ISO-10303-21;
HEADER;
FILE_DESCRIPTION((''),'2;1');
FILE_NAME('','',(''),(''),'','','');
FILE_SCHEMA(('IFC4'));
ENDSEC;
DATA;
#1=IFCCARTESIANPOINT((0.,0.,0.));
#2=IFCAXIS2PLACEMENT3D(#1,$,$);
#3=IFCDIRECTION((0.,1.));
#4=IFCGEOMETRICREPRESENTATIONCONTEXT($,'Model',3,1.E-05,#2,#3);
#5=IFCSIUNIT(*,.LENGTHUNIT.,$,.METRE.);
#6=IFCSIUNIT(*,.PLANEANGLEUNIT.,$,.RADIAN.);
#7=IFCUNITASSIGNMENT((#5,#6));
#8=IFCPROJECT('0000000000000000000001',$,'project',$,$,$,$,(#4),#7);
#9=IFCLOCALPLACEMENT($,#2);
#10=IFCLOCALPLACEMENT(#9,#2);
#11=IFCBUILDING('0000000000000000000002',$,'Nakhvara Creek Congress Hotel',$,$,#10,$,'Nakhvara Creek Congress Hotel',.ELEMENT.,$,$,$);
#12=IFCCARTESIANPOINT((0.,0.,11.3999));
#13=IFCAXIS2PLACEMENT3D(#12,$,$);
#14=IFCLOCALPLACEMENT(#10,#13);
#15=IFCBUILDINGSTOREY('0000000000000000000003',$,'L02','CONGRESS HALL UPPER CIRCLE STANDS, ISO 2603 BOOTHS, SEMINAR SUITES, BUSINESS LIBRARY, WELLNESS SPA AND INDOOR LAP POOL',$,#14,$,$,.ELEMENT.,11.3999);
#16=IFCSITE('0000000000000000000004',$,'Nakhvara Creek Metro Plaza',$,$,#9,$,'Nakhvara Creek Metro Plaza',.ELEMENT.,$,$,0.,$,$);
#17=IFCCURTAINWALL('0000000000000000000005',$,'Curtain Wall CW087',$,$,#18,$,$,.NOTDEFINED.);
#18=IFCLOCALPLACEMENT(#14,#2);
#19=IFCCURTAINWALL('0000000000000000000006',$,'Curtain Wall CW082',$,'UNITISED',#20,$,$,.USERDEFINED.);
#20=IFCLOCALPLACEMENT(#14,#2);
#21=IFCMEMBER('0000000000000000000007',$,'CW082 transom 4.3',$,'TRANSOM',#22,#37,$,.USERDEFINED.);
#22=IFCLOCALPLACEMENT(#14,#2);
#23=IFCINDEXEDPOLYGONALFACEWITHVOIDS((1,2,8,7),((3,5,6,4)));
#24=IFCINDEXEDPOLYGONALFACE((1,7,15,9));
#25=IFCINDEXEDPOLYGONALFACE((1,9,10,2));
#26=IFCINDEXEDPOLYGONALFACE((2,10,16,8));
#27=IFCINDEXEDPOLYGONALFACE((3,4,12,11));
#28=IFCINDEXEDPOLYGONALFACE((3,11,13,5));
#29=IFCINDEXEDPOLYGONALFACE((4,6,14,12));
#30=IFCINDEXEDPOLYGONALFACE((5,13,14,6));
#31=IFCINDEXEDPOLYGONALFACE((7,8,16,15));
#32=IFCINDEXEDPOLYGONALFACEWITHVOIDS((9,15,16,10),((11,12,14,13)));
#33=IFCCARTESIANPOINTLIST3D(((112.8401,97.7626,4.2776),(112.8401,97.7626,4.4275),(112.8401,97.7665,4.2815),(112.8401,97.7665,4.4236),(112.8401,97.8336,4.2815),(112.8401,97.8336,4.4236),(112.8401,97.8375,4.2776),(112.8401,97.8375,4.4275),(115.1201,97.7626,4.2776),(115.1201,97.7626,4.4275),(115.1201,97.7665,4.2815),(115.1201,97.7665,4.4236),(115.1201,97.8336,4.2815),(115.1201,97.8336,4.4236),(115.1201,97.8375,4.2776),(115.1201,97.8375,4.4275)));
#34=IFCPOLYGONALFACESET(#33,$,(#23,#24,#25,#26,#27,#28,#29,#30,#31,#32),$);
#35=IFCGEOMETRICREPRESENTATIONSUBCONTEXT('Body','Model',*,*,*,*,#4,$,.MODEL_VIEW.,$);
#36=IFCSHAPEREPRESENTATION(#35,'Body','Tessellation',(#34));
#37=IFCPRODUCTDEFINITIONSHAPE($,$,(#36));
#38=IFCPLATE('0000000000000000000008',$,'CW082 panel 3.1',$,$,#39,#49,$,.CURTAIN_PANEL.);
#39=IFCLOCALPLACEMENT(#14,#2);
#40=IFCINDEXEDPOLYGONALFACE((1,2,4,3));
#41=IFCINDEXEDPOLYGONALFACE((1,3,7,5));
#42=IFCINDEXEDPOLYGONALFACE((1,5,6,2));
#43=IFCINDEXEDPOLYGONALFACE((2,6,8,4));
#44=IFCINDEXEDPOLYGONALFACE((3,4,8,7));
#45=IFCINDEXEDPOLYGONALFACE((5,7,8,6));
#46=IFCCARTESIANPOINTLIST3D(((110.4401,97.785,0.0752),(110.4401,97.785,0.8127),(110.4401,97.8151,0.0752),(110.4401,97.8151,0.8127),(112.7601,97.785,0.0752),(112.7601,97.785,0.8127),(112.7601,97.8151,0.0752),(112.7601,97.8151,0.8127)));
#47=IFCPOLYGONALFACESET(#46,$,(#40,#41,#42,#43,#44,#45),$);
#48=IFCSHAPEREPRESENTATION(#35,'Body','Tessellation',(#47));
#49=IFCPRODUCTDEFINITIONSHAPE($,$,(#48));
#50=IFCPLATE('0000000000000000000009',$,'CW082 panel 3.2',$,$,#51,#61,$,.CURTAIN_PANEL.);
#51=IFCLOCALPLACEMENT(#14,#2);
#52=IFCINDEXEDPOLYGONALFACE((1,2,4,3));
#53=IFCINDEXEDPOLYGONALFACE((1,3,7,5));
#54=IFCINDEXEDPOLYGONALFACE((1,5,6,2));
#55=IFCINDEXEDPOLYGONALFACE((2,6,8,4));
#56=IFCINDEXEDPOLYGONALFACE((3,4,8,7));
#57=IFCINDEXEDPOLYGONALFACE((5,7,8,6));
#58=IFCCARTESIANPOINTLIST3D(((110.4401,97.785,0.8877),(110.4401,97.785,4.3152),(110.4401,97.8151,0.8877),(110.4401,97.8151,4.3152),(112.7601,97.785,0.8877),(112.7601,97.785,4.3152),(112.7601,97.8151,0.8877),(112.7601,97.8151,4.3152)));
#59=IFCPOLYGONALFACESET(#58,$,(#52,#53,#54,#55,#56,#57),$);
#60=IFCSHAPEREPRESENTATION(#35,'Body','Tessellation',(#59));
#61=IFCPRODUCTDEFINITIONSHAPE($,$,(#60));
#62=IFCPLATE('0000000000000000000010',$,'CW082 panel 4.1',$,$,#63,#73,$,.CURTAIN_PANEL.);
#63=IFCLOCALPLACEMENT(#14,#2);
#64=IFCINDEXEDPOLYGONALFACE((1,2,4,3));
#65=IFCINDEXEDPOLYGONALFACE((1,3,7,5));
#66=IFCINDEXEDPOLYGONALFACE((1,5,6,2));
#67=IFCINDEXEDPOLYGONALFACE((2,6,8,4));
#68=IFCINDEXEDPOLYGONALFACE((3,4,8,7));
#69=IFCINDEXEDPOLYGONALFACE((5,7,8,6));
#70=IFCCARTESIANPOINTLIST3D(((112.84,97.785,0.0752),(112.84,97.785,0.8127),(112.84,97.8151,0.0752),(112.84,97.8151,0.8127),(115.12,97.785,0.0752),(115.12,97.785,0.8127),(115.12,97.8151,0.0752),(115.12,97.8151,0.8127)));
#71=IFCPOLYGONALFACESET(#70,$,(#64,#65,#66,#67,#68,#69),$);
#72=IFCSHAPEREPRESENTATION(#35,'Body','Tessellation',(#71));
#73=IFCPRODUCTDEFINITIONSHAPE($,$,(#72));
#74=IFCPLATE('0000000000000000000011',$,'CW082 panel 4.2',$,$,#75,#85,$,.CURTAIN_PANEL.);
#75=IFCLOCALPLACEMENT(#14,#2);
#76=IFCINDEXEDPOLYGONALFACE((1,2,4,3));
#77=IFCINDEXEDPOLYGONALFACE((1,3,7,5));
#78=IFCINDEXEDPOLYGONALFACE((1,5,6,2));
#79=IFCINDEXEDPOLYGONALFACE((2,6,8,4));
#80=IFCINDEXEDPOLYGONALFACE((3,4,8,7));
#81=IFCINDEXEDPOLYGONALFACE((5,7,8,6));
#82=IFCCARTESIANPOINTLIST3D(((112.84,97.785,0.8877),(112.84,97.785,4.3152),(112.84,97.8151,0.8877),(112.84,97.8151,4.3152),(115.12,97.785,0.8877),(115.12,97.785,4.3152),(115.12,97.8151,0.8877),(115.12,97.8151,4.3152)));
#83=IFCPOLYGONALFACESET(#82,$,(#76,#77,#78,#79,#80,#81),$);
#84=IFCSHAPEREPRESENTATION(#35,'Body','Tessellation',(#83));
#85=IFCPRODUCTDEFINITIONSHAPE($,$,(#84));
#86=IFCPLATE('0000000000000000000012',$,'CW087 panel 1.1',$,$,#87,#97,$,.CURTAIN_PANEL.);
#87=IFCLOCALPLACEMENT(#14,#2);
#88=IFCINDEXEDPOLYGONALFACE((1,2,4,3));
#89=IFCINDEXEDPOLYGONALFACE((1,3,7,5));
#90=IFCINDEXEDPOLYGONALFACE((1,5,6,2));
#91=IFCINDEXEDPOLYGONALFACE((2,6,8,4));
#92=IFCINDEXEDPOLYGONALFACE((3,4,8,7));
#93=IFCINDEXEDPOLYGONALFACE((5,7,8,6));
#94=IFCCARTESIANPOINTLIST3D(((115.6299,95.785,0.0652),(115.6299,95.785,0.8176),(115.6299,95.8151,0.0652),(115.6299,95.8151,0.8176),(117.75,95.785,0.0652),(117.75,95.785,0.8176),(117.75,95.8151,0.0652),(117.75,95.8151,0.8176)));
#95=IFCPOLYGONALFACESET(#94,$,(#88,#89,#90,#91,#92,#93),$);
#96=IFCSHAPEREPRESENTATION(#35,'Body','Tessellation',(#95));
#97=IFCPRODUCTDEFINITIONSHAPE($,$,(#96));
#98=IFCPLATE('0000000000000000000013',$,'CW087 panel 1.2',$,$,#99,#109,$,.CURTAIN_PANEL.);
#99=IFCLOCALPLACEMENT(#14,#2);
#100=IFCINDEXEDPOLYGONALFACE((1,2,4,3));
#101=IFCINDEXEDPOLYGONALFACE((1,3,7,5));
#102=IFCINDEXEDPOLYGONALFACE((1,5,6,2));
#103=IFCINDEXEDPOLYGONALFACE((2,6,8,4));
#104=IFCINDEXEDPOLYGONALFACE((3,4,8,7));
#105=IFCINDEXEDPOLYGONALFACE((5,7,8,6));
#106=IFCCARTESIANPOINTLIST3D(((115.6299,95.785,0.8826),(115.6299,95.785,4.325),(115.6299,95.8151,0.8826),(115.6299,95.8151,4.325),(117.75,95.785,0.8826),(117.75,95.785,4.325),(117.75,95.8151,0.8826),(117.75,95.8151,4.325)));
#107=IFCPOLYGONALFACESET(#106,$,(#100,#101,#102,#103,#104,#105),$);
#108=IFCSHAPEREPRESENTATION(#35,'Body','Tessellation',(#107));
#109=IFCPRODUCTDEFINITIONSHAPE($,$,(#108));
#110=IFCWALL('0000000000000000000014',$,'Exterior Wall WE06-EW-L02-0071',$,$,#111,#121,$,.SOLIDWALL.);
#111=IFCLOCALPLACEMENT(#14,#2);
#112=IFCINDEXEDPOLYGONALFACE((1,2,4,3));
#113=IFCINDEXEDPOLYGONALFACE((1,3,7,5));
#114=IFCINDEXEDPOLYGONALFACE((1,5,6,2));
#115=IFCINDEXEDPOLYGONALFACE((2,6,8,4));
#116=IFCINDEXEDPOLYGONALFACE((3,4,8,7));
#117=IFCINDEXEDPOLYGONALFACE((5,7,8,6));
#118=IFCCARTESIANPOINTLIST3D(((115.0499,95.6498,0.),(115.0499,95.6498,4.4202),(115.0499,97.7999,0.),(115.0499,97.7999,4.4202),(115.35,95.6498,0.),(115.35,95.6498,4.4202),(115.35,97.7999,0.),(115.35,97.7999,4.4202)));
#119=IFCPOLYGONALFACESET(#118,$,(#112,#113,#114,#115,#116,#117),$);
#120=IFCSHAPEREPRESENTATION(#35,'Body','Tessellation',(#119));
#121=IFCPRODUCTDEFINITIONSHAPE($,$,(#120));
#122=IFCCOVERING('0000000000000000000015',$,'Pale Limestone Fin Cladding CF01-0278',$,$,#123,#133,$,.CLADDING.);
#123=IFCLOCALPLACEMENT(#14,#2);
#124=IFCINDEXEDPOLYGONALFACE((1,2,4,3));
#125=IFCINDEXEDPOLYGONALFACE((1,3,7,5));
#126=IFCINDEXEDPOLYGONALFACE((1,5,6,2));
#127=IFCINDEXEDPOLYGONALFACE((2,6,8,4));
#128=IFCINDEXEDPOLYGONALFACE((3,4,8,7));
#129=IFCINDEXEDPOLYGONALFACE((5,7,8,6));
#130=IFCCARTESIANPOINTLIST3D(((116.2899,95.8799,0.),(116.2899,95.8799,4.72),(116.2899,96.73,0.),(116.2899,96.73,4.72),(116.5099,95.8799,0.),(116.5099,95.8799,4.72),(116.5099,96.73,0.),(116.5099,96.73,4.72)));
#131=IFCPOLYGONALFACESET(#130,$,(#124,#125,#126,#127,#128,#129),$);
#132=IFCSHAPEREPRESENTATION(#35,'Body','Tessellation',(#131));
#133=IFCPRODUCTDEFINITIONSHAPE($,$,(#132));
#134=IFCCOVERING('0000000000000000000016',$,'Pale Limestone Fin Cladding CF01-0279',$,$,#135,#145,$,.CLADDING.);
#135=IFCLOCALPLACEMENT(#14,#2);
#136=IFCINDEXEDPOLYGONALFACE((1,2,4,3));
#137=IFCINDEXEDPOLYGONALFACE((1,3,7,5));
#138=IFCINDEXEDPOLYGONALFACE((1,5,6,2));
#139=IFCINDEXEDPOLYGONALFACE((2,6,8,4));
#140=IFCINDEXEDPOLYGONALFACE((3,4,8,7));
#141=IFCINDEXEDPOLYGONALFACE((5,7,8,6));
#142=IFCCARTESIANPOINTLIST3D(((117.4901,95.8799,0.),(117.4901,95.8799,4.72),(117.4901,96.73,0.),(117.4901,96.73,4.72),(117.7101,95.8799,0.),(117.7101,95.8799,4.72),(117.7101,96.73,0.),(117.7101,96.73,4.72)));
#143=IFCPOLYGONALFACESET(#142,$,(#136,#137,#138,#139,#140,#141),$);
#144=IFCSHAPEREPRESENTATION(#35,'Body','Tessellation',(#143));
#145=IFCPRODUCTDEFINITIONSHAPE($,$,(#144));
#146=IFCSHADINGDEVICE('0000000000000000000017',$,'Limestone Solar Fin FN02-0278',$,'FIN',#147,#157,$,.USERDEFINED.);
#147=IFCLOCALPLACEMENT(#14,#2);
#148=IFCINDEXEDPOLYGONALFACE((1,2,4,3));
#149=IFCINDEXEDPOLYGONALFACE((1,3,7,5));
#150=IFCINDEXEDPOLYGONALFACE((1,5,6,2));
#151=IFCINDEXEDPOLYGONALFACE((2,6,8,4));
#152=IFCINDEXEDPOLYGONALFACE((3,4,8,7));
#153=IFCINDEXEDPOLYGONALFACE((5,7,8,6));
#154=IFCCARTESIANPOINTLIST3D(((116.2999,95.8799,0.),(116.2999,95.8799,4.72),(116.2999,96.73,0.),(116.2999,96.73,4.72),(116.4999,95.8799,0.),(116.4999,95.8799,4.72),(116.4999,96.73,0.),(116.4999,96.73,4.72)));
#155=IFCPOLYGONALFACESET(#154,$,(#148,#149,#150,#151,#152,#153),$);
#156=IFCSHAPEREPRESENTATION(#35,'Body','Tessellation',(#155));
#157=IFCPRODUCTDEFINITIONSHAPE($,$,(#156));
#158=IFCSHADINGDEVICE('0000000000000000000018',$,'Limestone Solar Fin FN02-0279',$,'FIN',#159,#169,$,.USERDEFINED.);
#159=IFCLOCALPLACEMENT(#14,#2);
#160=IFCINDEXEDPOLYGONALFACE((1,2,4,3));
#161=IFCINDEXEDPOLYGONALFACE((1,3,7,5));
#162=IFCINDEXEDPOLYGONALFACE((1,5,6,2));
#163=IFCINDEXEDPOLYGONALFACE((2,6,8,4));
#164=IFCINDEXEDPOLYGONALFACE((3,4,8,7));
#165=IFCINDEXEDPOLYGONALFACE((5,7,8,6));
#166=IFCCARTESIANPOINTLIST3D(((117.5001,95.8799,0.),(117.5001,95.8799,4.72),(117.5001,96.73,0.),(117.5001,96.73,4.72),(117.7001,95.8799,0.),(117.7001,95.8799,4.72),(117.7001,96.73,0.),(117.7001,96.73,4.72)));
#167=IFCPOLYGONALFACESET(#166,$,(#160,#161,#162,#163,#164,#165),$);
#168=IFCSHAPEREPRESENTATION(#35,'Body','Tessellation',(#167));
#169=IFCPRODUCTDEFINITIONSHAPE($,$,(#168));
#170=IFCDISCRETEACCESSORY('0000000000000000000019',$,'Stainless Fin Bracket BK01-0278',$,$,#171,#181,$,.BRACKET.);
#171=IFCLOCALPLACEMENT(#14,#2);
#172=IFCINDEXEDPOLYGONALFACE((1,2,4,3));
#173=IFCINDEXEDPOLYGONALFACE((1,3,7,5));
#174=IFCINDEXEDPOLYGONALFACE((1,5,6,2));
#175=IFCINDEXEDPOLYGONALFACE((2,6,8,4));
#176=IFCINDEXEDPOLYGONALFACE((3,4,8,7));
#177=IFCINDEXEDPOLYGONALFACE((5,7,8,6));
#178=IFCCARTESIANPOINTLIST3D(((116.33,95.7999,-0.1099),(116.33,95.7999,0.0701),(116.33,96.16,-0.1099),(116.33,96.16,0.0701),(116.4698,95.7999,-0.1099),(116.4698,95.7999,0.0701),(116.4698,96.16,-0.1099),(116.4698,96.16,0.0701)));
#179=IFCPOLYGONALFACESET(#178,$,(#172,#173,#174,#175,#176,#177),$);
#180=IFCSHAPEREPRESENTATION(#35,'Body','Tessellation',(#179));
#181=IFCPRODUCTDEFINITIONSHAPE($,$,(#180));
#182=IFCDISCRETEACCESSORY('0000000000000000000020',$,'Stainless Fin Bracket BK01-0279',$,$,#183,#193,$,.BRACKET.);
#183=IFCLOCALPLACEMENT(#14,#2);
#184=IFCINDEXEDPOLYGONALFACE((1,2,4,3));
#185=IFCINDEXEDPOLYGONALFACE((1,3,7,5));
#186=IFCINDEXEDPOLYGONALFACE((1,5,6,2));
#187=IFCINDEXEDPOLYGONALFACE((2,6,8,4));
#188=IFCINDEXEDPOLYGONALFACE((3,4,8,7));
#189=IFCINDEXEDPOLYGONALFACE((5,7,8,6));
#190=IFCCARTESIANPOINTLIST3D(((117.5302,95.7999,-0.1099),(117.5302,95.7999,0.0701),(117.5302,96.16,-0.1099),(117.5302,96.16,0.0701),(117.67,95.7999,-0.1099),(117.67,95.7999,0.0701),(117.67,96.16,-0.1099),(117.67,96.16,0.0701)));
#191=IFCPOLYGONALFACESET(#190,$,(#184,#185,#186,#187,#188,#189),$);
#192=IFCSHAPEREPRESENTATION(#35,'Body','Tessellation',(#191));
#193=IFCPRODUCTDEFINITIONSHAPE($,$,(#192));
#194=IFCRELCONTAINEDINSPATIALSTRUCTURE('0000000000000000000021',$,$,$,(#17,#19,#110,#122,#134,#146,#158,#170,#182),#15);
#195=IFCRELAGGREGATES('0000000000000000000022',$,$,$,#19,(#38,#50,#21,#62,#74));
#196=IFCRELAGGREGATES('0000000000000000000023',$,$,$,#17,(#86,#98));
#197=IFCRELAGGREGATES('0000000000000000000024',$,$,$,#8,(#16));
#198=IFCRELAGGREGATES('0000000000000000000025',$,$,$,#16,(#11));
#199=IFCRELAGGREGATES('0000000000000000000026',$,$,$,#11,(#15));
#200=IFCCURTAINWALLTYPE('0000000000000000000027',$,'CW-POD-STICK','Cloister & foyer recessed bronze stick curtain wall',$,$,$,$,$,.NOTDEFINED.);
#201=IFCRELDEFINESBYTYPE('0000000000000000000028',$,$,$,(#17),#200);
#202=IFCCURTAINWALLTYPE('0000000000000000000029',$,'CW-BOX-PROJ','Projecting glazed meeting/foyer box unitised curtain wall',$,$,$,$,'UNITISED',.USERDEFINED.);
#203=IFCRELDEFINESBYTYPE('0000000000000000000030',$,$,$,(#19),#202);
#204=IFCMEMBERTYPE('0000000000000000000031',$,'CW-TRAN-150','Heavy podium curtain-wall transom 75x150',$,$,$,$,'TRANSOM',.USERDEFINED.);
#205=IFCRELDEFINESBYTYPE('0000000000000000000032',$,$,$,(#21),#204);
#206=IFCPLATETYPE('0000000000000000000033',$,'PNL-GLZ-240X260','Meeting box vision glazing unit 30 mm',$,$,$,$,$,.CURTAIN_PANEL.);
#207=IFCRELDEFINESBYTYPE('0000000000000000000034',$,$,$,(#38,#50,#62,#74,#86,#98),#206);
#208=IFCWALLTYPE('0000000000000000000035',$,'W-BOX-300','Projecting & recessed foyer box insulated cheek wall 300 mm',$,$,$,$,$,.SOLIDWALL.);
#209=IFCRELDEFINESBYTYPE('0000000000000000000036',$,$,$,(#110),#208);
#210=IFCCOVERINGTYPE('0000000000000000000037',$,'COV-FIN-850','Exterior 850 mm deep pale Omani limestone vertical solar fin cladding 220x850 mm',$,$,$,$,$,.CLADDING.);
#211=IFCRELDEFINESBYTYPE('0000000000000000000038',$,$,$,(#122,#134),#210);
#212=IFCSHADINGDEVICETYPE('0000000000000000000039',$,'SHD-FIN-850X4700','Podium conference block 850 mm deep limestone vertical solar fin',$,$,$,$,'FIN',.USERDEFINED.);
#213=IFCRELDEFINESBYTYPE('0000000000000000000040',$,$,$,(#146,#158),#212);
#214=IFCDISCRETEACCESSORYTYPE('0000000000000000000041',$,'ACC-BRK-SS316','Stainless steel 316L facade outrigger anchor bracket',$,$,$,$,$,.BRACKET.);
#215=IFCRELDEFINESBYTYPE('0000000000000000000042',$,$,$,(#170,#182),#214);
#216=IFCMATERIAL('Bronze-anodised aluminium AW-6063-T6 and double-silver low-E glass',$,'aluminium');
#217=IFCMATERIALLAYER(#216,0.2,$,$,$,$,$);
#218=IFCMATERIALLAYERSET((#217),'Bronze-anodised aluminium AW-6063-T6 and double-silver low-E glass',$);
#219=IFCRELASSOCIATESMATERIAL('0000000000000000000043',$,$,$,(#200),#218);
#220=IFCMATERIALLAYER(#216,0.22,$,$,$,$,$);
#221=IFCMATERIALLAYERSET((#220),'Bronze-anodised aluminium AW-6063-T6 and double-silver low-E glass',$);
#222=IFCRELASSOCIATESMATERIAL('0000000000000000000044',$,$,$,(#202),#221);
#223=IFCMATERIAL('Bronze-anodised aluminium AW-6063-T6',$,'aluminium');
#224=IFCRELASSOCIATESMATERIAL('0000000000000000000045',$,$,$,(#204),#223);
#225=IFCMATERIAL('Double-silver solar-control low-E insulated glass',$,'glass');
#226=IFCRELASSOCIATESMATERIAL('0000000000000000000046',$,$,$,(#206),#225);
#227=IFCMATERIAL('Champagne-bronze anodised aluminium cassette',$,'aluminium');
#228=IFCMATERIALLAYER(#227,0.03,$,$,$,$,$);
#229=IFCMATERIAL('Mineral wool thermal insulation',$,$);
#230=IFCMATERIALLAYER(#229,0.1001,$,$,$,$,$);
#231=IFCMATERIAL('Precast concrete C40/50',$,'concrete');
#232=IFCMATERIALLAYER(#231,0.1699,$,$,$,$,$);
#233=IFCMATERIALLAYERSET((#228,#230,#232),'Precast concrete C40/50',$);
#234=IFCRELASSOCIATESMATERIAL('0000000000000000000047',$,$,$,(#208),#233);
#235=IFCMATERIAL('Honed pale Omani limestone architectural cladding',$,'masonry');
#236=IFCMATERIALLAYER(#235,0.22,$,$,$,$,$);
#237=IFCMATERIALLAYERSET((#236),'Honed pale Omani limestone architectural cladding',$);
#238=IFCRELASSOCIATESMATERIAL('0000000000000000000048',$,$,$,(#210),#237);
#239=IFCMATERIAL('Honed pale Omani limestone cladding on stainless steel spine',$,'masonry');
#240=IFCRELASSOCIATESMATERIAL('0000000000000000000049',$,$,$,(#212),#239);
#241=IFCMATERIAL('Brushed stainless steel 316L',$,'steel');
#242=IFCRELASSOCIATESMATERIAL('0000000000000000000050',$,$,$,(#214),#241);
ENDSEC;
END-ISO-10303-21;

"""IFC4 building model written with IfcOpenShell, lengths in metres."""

from ifc_helpers import new_model, si_unit, direction, frame, frame_2d, origin, origin_2d, place, context, subcontext, project, spatial, rectangle, hollow_rectangle, extrude, material, layer, layer_set, material_profile, profile_set, type_object, element, aggregate, save


model = new_model("IFC4")

# Units and contexts
model_context = context("Model", 3, precision=1e-05, world=origin(), true_north=direction((0.0, 1.0)))
body_context = subcontext(model_context, "Body", "Model", "MODEL_VIEW")
ifc_project = project(units=[si_unit("LENGTHUNIT", "METRE"), si_unit("PLANEANGLEUNIT", "RADIAN")], contexts=[model_context])

# Site, building, storey
site_placement = place(None, origin())
site = spatial("IfcSite", under=ifc_project, at=site_placement, Name="Nakhvara Creek Metro Plaza", LongName="Nakhvara Creek Metro Plaza", CompositionType="ELEMENT", RefElevation=0.0)
building_placement = place(site_placement, origin())
building = spatial("IfcBuilding", under=site, at=building_placement, Name="Nakhvara Creek Congress Hotel", LongName="Nakhvara Creek Congress Hotel", CompositionType="ELEMENT")
storey_placement = place(building_placement, frame((0.0, 0.0, 11.3999)))
storey = spatial("IfcBuildingStorey", under=building, at=storey_placement, Name="L02", Description="CONGRESS HALL UPPER CIRCLE STANDS, ISO 2603 BOOTHS, SEMINAR SUITES, BUSINESS LIBRARY, WELLNESS SPA AND INDOOR LAP POOL", CompositionType="ELEMENT", Elevation=11.3999)

# Curtain wall
ifc_material_1 = material(Name="Bronze-anodised aluminium AW-6063-T6 and double-silver low-E glass", Category="aluminium")
ifc_layer_1 = layer(ifc_material_1, 0.2)
ifc_layer_set_1 = layer_set([ifc_layer_1], Name="Bronze-anodised aluminium AW-6063-T6 and double-silver low-E glass")
curtain_wall_type_1 = type_object("IfcCurtainWallType", Name="CW-POD-STICK", Description="Cloister & foyer recessed bronze stick curtain wall", PredefinedType="NOTDEFINED", material=ifc_layer_set_1)
curtain_wall_1_placement = place(storey_placement, origin())
curtain_wall_1 = element("IfcCurtainWall", 1, at=curtain_wall_1_placement, inside=storey, type_object=curtain_wall_type_1, Name="Curtain Wall CW087", PredefinedType="NOTDEFINED")
ifc_material_2 = material(Name="Bronze-anodised aluminium AW-6063-T6", Category="aluminium")

# Curtain wall
ifc_layer_2 = layer(ifc_material_1, 0.22)
ifc_layer_set_2 = layer_set([ifc_layer_2], Name="Bronze-anodised aluminium AW-6063-T6 and double-silver low-E glass")
curtain_wall_type_2 = type_object("IfcCurtainWallType", Name="CW-BOX-PROJ", Description="Projecting glazed meeting/foyer box unitised curtain wall", ElementType="UNITISED", PredefinedType="USERDEFINED", material=ifc_layer_set_2)
curtain_wall_2_placement = place(storey_placement, origin())
curtain_wall_2 = element("IfcCurtainWall", 2, at=curtain_wall_2_placement, inside=storey, type_object=curtain_wall_type_2, Name="Curtain Wall CW082", ObjectType="UNITISED", PredefinedType="USERDEFINED")

# Member
ifc_material_profile_1 = material_profile(ifc_material_2, hollow_rectangle(XDim=0.075, YDim=0.1499, WallThickness=0.0039, at=origin_2d()), Name="ALU-TRAN 75x150x4", Category="LoadBearing")
ifc_profile_set_1 = profile_set([ifc_material_profile_1], Name="Bronze-anodised aluminium AW-6063-T6")
member_type_1 = type_object("IfcMemberType", Name="CW-TRAN-150", Description="Heavy podium curtain-wall transom 75x150", ElementType="TRANSOM", PredefinedType="USERDEFINED", material=ifc_profile_set_1)
member_1_placement = place(storey_placement, frame((112.8401, 97.8, 4.3525), z_axis=(1.0, 0.0, 0.0), x_axis=(0.0, 1.0, 0.0)))
member_1 = element("IfcMember", 3, at=member_1_placement, type_object=member_type_1, Name="CW082 transom 4.3", ObjectType="TRANSOM", PredefinedType="USERDEFINED", context=body_context, shape_type="SweptSolid", body=[
    extrude(hollow_rectangle(XDim=0.075, YDim=0.1499, WallThickness=0.0039, at=origin_2d()), origin(), (0.0, 0.0, 1.0), 2.28),
])

# Plates
ifc_material_3 = material(Name="Double-silver solar-control low-E insulated glass", Category="glass")
plate_type = type_object("IfcPlateType", Name="PNL-GLZ-240X260", Description="Meeting box vision glazing unit 30 mm", PredefinedType="CURTAIN_PANEL", material=ifc_material_3)
plate_1_placement = place(storey_placement, frame((111.6001, 97.8, 0.0752), z_axis=(0.0, 0.0, 1.0), x_axis=(1.0, 0.0, 0.0)))
plate_1 = element("IfcPlate", 4, at=plate_1_placement, type_object=plate_type, Name="CW082 panel 3.1", PredefinedType="CURTAIN_PANEL", context=body_context, shape_type="SweptSolid", body=[
    extrude(rectangle(XDim=2.3201, YDim=0.03, at=origin_2d()), origin(), (0.0, 0.0, 1.0), 0.7375),
])
plate_2_placement = place(storey_placement, frame((111.6001, 97.8, 0.8877), z_axis=(0.0, 0.0, 1.0), x_axis=(1.0, 0.0, 0.0)))
plate_2 = element("IfcPlate", 5, at=plate_2_placement, type_object=plate_type, Name="CW082 panel 3.2", PredefinedType="CURTAIN_PANEL", context=body_context, shape_type="SweptSolid", body=[
    extrude(rectangle(XDim=2.3201, YDim=0.03, at=origin_2d()), origin(), (0.0, 0.0, 1.0), 3.4275),
])
plate_3_placement = place(storey_placement, frame((113.98, 97.8, 0.0752), z_axis=(0.0, 0.0, 1.0), x_axis=(1.0, 0.0, 0.0)))
plate_3 = element("IfcPlate", 6, at=plate_3_placement, type_object=plate_type, Name="CW082 panel 4.1", PredefinedType="CURTAIN_PANEL", context=body_context, shape_type="SweptSolid", body=[
    extrude(rectangle(XDim=2.28, YDim=0.03, at=origin_2d()), origin(), (0.0, 0.0, 1.0), 0.7375),
])
plate_4_placement = place(storey_placement, frame((113.98, 97.8, 0.8877), z_axis=(0.0, 0.0, 1.0), x_axis=(1.0, 0.0, 0.0)))
plate_4 = element("IfcPlate", 7, at=plate_4_placement, type_object=plate_type, Name="CW082 panel 4.2", PredefinedType="CURTAIN_PANEL", context=body_context, shape_type="SweptSolid", body=[
    extrude(rectangle(XDim=2.28, YDim=0.03, at=origin_2d()), origin(), (0.0, 0.0, 1.0), 3.4275),
])
aggregate(curtain_wall_2, [plate_1, plate_2, member_1, plate_3, plate_4])
plate_5_placement = place(storey_placement, frame((116.6899, 95.8, 0.0652), z_axis=(0.0, 0.0, 1.0), x_axis=(1.0, 0.0, 0.0)))
plate_5 = element("IfcPlate", 8, at=plate_5_placement, type_object=plate_type, Name="CW087 panel 1.1", PredefinedType="CURTAIN_PANEL", context=body_context, shape_type="SweptSolid", body=[
    extrude(rectangle(XDim=2.1201, YDim=0.03, at=origin_2d()), origin(), (0.0, 0.0, 1.0), 0.7524),
])
plate_6_placement = place(storey_placement, frame((116.6899, 95.8, 0.8826), z_axis=(0.0, 0.0, 1.0), x_axis=(1.0, 0.0, 0.0)))
plate_6 = element("IfcPlate", 9, at=plate_6_placement, type_object=plate_type, Name="CW087 panel 1.2", PredefinedType="CURTAIN_PANEL", context=body_context, shape_type="SweptSolid", body=[
    extrude(rectangle(XDim=2.1201, YDim=0.03, at=origin_2d()), origin(), (0.0, 0.0, 1.0), 3.4424),
])
aggregate(curtain_wall_1, [plate_5, plate_6])

# Wall
ifc_material_4 = material(Name="Champagne-bronze anodised aluminium cassette", Category="aluminium")
ifc_layer_3 = layer(ifc_material_4, 0.03)
ifc_material_5 = material(Name="Mineral wool thermal insulation")
ifc_layer_4 = layer(ifc_material_5, 0.1001)
ifc_material_6 = material(Name="Precast concrete C40/50", Category="concrete")
ifc_layer_5 = layer(ifc_material_6, 0.1699)
ifc_layer_set_3 = layer_set([ifc_layer_3, ifc_layer_4, ifc_layer_5], Name="Precast concrete C40/50")
wall_type = type_object("IfcWallType", Name="W-BOX-300", Description="Projecting & recessed foyer box insulated cheek wall 300 mm", PredefinedType="SOLIDWALL", material=ifc_layer_set_3)
wall_placement = place(storey_placement, frame((115.2, 97.8, 0.0), z_axis=(0.0, 0.0, 1.0), x_axis=(0.0, -1.0, 0.0)))
element("IfcWall", 10, at=wall_placement, inside=storey, type_object=wall_type, Name="Exterior Wall WE06-EW-L02-0071", PredefinedType="SOLIDWALL", context=body_context, shape_type="SweptSolid", body=[
    extrude(rectangle(XDim=2.1501, YDim=0.3, at=frame_2d((1.0752, 0.0))), origin(), (0.0, 0.0, 1.0), 4.4202),
])

# Coverings
ifc_material_7 = material(Name="Honed pale Omani limestone architectural cladding", Category="masonry")
ifc_layer_6 = layer(ifc_material_7, 0.22)
ifc_layer_set_4 = layer_set([ifc_layer_6], Name="Honed pale Omani limestone architectural cladding")
covering_type = type_object("IfcCoveringType", Name="COV-FIN-850", Description="Exterior 850 mm deep pale Omani limestone vertical solar fin cladding 220x850 mm", PredefinedType="CLADDING", material=ifc_layer_set_4)
for number, where, z_axis, x_axis, name in (
    (11, (116.3999, 96.3049, 0.0), (0.0, 0.0, 1.0), (1.0, 0.0, 0.0), "Pale Limestone Fin Cladding CF01-0278"),
    (12, (117.6001, 96.3049, 0.0), (0.0, 0.0, 1.0), (1.0, 0.0, 0.0), "Pale Limestone Fin Cladding CF01-0279"),
):
    element("IfcCovering", number, at=place(storey_placement, frame(where, z_axis=z_axis, x_axis=x_axis)), inside=storey, type_object=covering_type, Name=name, PredefinedType="CLADDING", context=body_context, shape_type="SweptSolid", body=[
        extrude(rectangle(XDim=0.22, YDim=0.8501, at=origin_2d()), origin(), (0.0, 0.0, 1.0), 4.72),
    ])

# Shading devices
ifc_material_8 = material(Name="Honed pale Omani limestone cladding on stainless steel spine", Category="masonry")
shading_device_type = type_object("IfcShadingDeviceType", Name="SHD-FIN-850X4700", Description="Podium conference block 850 mm deep limestone vertical solar fin", ElementType="FIN", PredefinedType="USERDEFINED", material=ifc_material_8)
for number, where, z_axis, x_axis, name in (
    (13, (116.3999, 96.3049, 0.0), (0.0, 0.0, 1.0), (1.0, 0.0, 0.0), "Limestone Solar Fin FN02-0278"),
    (14, (117.6001, 96.3049, 0.0), (0.0, 0.0, 1.0), (1.0, 0.0, 0.0), "Limestone Solar Fin FN02-0279"),
):
    element("IfcShadingDevice", number, at=place(storey_placement, frame(where, z_axis=z_axis, x_axis=x_axis)), inside=storey, type_object=shading_device_type, Name=name, ObjectType="FIN", PredefinedType="USERDEFINED", context=body_context, shape_type="SweptSolid", body=[
        extrude(rectangle(XDim=0.2, YDim=0.8501, at=origin_2d()), origin(), (0.0, 0.0, 1.0), 4.72),
    ])

# Discrete accessories
ifc_material_9 = material(Name="Brushed stainless steel 316L", Category="steel")
discrete_accessory_type = type_object("IfcDiscreteAccessoryType", Name="ACC-BRK-SS316", Description="Stainless steel 316L facade outrigger anchor bracket", PredefinedType="BRACKET", material=ifc_material_9)
for number, where, z_axis, x_axis, name in (
    (15, (116.3999, 95.98, -0.1099), (0.0, 0.0, 1.0), (1.0, 0.0, 0.0), "Stainless Fin Bracket BK01-0278"),
    (16, (117.6001, 95.98, -0.1099), (0.0, 0.0, 1.0), (1.0, 0.0, 0.0), "Stainless Fin Bracket BK01-0279"),
):
    element("IfcDiscreteAccessory", number, at=place(storey_placement, frame(where, z_axis=z_axis, x_axis=x_axis)), inside=storey, type_object=discrete_accessory_type, Name=name, PredefinedType="BRACKET", context=body_context, shape_type="SweptSolid", body=[
        extrude(rectangle(XDim=0.1399, YDim=0.3601, at=origin_2d()), origin(), (0.0, 0.0, 1.0), 0.1799),
    ])

save(model, "model.ifc")
